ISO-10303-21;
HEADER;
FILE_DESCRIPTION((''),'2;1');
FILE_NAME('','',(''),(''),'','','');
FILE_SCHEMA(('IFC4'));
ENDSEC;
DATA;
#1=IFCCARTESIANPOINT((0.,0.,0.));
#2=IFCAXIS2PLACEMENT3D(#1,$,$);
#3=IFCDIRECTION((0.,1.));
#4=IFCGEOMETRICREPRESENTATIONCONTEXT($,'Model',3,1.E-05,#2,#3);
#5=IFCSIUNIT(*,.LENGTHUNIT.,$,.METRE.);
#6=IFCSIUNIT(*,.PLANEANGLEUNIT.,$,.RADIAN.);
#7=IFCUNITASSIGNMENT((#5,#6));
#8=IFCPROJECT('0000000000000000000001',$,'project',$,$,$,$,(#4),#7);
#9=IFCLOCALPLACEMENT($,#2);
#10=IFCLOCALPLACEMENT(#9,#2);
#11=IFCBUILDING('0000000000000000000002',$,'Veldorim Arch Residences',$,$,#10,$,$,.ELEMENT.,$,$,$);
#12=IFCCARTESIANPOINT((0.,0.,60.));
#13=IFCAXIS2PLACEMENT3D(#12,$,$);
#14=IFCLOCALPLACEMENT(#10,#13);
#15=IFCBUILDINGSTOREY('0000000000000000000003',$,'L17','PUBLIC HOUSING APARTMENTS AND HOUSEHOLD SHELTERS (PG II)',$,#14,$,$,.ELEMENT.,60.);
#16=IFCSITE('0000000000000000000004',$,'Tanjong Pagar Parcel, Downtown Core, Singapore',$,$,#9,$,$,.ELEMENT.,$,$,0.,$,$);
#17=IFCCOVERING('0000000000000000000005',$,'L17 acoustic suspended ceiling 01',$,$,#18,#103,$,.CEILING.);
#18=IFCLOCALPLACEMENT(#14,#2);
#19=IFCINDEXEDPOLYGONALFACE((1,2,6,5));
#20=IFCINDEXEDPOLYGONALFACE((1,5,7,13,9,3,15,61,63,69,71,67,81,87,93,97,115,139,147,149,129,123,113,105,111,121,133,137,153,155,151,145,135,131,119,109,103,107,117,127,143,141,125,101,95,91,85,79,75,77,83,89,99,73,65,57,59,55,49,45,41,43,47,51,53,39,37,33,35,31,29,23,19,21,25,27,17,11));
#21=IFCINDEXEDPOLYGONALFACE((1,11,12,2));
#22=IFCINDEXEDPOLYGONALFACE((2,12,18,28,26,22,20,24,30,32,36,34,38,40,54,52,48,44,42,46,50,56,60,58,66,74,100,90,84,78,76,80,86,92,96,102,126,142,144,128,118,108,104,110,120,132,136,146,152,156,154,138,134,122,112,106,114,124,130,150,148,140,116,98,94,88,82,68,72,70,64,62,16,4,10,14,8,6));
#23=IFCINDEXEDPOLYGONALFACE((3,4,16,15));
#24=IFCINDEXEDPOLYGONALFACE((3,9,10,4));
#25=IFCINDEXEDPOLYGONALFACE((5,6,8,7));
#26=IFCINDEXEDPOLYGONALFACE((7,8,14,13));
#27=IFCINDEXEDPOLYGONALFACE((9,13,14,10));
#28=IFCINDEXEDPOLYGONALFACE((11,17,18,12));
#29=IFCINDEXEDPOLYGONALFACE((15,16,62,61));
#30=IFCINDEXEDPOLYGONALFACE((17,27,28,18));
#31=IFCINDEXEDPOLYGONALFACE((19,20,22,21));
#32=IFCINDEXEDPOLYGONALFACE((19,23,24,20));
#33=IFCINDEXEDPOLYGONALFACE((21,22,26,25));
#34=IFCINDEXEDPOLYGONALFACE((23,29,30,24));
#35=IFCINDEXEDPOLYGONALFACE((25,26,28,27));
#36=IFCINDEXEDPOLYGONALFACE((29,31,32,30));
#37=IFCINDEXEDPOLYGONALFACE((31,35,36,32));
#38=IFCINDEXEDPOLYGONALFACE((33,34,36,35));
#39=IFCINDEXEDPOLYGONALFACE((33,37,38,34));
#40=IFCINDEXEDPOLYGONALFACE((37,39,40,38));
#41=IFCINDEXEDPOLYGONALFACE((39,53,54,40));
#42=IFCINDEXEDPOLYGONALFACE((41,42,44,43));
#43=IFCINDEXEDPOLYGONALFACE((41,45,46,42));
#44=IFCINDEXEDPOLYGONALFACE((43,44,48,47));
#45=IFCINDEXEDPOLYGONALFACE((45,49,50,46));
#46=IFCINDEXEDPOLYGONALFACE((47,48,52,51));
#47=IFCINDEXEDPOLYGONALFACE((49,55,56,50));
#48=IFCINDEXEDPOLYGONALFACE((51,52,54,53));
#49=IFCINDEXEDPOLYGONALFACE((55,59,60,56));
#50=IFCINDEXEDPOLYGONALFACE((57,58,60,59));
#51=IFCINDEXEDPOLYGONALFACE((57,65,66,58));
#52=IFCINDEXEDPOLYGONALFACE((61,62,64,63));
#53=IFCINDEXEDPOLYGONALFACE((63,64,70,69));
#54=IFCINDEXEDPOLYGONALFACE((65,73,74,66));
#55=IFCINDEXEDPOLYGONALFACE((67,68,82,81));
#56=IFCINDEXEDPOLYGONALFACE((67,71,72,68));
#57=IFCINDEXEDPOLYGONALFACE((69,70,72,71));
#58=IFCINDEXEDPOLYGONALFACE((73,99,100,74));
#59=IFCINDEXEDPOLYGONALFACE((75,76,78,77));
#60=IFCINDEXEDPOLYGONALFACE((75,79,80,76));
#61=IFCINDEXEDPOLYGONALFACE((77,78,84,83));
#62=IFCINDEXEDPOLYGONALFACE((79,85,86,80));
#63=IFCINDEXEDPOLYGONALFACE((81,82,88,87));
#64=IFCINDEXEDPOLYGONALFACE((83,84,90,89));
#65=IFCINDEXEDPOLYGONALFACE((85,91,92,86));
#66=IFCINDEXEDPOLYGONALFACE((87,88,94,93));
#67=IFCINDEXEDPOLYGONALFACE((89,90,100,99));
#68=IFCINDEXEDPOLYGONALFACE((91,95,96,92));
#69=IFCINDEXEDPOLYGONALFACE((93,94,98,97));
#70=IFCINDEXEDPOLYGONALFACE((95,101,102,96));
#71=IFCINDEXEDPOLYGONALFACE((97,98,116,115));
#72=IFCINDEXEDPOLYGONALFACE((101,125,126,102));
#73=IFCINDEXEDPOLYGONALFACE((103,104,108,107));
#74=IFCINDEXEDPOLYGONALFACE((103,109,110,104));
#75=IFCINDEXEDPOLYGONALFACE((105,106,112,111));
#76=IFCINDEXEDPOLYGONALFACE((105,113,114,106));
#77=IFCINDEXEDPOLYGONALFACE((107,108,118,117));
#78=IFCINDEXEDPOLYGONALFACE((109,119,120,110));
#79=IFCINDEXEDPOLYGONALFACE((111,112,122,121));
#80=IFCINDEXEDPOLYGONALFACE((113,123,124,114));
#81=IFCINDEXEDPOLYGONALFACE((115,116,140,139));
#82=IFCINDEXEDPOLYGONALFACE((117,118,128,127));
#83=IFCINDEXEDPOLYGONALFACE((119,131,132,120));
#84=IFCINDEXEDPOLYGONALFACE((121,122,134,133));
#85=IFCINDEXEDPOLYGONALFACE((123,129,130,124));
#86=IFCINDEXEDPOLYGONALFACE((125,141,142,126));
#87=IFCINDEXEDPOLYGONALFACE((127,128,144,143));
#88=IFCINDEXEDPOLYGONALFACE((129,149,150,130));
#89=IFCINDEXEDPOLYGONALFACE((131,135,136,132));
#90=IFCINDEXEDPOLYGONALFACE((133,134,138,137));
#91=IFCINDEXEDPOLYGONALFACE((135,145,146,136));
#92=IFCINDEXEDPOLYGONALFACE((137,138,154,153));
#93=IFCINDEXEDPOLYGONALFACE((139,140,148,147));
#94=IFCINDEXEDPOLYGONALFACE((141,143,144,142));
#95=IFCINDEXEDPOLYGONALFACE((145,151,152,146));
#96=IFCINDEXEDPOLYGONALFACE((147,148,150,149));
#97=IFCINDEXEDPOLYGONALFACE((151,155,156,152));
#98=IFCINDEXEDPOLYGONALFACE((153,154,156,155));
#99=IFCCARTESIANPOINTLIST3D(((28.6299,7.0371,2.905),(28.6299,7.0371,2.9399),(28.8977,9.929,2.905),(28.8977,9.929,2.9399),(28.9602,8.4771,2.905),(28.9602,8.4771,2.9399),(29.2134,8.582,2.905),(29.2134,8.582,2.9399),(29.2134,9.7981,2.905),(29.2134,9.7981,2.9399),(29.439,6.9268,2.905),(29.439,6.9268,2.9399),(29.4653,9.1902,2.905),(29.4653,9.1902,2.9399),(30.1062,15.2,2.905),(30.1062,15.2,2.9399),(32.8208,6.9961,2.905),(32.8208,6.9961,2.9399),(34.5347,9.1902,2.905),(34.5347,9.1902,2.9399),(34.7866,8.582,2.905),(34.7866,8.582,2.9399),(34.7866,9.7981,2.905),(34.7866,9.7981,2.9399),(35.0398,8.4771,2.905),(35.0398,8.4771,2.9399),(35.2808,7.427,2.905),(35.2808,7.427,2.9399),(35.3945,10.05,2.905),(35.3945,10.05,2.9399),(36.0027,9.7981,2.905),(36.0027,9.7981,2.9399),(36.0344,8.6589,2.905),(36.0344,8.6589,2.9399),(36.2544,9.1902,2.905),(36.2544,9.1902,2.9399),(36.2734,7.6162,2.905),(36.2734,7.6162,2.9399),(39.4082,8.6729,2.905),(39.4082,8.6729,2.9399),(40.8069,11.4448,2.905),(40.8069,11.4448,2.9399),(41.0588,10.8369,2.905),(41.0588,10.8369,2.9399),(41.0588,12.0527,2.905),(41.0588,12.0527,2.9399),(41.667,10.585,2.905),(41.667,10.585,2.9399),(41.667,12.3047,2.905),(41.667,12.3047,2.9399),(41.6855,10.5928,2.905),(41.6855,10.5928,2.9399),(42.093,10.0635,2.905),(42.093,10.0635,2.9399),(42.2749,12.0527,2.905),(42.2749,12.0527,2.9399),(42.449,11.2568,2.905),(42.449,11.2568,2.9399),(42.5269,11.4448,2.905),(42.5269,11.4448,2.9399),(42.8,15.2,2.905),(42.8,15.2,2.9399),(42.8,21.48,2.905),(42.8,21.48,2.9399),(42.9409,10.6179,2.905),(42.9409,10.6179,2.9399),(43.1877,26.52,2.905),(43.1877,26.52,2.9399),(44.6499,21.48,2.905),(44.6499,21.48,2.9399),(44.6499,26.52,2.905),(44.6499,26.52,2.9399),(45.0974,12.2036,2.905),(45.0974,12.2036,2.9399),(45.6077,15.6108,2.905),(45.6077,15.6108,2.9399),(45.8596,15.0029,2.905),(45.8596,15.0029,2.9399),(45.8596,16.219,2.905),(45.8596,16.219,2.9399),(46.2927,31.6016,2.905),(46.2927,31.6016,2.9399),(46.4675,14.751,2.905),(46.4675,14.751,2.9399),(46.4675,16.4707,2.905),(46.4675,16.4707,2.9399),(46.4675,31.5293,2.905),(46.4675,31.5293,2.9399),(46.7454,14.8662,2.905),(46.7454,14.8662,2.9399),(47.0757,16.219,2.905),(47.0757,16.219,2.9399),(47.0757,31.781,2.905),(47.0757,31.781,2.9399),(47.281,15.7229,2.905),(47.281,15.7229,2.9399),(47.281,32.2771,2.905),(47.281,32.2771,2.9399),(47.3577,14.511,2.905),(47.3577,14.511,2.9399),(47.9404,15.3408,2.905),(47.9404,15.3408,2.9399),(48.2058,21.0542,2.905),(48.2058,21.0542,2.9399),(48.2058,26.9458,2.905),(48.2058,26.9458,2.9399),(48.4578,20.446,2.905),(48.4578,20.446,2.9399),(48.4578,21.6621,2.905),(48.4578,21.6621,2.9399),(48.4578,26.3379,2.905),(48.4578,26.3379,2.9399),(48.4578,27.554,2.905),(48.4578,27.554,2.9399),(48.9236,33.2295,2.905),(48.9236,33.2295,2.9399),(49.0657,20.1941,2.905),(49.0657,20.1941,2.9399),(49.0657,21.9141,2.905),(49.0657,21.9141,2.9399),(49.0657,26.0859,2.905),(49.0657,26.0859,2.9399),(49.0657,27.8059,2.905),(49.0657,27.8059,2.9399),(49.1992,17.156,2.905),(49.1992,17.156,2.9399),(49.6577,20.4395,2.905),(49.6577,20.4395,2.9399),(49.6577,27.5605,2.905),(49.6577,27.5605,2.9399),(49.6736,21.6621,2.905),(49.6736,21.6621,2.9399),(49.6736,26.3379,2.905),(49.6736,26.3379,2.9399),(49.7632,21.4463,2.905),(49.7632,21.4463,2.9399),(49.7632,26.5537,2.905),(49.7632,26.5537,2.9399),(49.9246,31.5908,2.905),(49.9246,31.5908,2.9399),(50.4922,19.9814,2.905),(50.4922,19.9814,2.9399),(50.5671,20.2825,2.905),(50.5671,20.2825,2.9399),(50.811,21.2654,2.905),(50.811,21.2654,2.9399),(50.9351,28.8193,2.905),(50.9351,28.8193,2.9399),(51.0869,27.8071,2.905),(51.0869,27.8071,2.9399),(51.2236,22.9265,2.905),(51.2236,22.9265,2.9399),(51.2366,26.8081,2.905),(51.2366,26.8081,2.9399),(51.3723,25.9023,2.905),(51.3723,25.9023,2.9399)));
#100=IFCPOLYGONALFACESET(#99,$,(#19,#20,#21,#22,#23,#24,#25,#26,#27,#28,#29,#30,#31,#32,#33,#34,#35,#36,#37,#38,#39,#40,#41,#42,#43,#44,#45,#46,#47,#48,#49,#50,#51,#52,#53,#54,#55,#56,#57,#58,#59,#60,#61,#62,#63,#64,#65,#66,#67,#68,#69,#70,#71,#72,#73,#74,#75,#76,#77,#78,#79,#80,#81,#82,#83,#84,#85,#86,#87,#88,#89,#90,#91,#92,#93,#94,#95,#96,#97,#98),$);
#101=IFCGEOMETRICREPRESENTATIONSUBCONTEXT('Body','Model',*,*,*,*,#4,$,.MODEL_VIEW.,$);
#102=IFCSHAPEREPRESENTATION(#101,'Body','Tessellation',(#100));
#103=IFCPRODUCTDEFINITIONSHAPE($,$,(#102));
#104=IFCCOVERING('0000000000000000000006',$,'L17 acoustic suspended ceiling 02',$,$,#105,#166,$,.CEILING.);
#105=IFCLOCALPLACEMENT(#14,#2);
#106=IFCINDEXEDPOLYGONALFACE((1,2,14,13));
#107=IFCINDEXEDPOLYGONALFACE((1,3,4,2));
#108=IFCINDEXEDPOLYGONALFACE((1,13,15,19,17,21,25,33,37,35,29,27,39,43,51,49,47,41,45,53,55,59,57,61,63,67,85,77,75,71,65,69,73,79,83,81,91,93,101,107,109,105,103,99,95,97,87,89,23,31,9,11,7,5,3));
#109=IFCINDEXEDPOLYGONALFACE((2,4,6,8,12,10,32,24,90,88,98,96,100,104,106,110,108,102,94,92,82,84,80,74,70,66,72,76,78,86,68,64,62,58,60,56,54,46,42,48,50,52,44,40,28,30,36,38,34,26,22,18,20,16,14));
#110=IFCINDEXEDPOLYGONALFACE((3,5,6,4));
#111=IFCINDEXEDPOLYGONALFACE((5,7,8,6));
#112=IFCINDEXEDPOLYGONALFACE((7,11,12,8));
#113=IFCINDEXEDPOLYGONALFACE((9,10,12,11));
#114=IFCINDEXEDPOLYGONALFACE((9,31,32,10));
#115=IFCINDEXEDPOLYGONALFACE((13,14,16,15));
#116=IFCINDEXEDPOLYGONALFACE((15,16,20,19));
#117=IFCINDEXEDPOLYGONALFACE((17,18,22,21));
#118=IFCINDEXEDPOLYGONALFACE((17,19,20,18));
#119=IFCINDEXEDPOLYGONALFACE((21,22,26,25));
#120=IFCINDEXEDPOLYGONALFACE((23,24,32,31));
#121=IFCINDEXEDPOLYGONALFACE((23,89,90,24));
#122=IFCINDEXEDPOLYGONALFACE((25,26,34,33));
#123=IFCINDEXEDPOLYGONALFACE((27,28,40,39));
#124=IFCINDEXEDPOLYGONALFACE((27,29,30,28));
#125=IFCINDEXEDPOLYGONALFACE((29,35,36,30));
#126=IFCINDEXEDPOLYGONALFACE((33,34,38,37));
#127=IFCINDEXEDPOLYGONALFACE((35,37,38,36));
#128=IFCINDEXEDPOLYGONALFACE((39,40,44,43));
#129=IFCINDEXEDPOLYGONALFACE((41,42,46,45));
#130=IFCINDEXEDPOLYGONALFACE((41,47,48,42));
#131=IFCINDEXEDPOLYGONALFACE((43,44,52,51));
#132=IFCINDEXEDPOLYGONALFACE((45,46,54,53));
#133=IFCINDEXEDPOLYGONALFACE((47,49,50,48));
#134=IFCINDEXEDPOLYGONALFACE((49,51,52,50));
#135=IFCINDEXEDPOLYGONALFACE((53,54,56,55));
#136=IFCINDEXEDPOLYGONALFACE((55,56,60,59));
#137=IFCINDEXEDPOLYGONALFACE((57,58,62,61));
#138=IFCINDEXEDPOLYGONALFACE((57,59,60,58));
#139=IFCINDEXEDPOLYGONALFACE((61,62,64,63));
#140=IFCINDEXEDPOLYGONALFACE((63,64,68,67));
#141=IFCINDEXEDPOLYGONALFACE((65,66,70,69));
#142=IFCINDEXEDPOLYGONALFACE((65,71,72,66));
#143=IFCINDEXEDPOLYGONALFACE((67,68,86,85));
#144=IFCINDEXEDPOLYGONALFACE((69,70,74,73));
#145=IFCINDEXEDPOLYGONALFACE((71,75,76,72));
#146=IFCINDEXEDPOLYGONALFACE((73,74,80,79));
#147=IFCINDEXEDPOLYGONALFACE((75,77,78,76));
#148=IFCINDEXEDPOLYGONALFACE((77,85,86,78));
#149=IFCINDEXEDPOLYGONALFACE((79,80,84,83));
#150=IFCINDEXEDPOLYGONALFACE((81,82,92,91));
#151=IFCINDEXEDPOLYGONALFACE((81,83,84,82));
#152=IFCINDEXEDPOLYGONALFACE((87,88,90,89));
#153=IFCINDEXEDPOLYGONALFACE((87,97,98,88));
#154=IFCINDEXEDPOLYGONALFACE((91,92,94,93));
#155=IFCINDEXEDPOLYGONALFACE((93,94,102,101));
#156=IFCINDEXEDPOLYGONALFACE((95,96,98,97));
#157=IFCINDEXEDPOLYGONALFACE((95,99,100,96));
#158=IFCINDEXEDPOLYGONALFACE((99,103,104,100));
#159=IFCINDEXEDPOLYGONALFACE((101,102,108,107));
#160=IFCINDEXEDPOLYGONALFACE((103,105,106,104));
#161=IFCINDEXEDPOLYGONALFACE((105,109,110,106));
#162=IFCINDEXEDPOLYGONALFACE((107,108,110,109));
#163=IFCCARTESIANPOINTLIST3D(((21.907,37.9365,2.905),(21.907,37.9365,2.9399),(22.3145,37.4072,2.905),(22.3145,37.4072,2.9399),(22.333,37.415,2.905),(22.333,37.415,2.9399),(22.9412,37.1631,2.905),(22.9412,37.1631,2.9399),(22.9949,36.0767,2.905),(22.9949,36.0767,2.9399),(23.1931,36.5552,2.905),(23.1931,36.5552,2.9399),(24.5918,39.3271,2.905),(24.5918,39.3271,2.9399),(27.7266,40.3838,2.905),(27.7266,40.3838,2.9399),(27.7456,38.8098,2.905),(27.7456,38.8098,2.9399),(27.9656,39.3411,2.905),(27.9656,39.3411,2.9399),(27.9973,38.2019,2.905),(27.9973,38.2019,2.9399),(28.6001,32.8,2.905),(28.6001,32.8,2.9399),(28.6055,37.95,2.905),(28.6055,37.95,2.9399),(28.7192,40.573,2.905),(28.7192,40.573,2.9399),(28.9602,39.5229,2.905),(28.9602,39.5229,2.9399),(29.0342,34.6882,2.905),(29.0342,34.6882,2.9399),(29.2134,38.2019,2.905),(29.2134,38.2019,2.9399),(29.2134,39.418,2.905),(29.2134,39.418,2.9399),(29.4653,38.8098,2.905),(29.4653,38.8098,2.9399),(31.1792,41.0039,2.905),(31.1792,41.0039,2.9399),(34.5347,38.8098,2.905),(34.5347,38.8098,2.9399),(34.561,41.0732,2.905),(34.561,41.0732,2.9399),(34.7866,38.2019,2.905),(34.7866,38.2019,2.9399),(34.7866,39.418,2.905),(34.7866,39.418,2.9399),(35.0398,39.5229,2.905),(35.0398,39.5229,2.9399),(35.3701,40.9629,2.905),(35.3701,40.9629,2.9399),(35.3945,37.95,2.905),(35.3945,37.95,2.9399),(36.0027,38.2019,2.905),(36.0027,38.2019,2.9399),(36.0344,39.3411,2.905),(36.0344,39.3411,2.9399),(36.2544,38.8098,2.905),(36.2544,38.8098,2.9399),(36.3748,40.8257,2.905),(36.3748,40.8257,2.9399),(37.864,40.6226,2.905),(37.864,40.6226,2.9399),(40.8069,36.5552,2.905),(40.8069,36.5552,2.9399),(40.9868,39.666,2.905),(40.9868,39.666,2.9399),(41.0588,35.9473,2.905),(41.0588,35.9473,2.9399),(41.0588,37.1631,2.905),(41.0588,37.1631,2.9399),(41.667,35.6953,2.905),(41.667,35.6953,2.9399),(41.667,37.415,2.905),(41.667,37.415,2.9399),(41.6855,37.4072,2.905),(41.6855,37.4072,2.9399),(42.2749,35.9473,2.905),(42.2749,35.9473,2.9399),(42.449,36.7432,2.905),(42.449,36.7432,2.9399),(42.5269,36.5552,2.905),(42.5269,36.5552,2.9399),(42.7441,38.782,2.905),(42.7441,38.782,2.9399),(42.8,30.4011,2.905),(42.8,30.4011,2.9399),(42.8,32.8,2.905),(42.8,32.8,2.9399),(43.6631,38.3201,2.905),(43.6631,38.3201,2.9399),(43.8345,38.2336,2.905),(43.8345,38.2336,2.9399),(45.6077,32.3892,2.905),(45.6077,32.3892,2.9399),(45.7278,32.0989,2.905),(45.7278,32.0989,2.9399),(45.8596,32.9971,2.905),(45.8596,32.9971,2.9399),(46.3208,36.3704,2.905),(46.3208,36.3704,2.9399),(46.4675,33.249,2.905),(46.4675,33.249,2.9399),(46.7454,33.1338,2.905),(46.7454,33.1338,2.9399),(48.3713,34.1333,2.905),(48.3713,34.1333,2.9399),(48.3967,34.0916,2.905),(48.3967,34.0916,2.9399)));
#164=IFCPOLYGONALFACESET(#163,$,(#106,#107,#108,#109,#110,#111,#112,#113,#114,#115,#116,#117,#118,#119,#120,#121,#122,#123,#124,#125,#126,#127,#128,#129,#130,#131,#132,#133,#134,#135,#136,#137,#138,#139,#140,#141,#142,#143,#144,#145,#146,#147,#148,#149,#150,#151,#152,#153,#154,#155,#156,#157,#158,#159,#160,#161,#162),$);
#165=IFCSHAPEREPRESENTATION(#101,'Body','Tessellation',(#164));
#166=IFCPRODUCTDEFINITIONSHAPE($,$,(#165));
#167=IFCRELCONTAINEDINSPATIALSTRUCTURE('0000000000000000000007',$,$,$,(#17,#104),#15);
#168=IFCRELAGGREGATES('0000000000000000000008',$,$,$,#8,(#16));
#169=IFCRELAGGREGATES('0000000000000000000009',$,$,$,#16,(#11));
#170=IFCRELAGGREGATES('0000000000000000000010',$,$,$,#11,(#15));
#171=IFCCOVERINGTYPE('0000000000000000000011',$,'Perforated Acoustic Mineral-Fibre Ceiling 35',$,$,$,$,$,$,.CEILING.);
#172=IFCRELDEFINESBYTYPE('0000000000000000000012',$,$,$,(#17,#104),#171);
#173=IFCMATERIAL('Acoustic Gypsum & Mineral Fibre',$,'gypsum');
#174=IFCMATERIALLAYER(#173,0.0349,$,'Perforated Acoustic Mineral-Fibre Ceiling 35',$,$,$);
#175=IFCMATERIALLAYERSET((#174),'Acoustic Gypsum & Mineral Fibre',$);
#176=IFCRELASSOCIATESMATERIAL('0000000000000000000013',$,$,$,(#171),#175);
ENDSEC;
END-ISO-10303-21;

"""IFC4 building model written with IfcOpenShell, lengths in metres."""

from ifc_helpers import new_model, si_unit, direction, frame, origin, place, context, subcontext, project, spatial, polyline, outline, extrude, material, layer, layer_set, type_object, element, save


model = new_model("IFC4")

# Units and contexts
model_context = context("Model", 3, precision=1e-05, world=origin(), true_north=direction((0.0, 1.0)))
body_context = subcontext(model_context, "Body", "Model", "MODEL_VIEW")
ifc_project = project(units=[si_unit("LENGTHUNIT", "METRE"), si_unit("PLANEANGLEUNIT", "RADIAN")], contexts=[model_context])

# Site, building, storey
site_placement = place(None, origin())
site = spatial("IfcSite", under=ifc_project, at=site_placement, Name="Tanjong Pagar Parcel, Downtown Core, Singapore", CompositionType="ELEMENT", RefElevation=0.0)
building_placement = place(site_placement, origin())
building = spatial("IfcBuilding", under=site, at=building_placement, Name="Veldorim Arch Residences", CompositionType="ELEMENT")
storey_placement = place(building_placement, frame((0.0, 0.0, 60.0)))
storey = spatial("IfcBuildingStorey", under=building, at=storey_placement, Name="L17", Description="PUBLIC HOUSING APARTMENTS AND HOUSEHOLD SHELTERS (PG II)", CompositionType="ELEMENT", Elevation=60.0)

# Coverings
ifc_material_1 = material(Name="Acoustic Gypsum & Mineral Fibre", Category="gypsum")
ifc_layer_1 = layer(ifc_material_1, 0.0349, Name="Perforated Acoustic Mineral-Fibre Ceiling 35")
ifc_layer_set_1 = layer_set([ifc_layer_1], Name="Acoustic Gypsum & Mineral Fibre")
covering_type_1 = type_object("IfcCoveringType", Name="Perforated Acoustic Mineral-Fibre Ceiling 35", PredefinedType="CEILING", material=ifc_layer_set_1)
covering_1_placement = place(storey_placement, frame((0.0, 0.0, 2.905)))
element("IfcCovering", 1, at=covering_1_placement, inside=storey, type_object=covering_type_1, Name="L17 acoustic suspended ceiling 01", PredefinedType="CEILING", context=body_context, shape_type="SweptSolid", body=[
    extrude(outline(polyline([(36.2544, 9.1902), (36.0027, 9.7981), (35.3945, 10.05), (34.7866, 9.7981), (34.5347, 9.1902), (34.7866, 8.582), (35.0398, 8.4771), (35.2808, 7.427), (32.8208, 6.9961), (29.439, 6.9268), (28.6299, 7.0371), (28.9602, 8.4771), (29.2134, 8.582), (29.4653, 9.1902), (29.2134, 9.7981), (28.8977, 9.929), (30.1062, 15.2), (42.8, 15.2), (42.8, 21.48), (44.6499, 21.48), (44.6499, 26.52), (43.1877, 26.52), (46.2927, 31.6016), (46.4675, 31.5293), (47.0757, 31.781), (47.281, 32.2771), (48.9236, 33.2295), (49.9246, 31.5908), (50.9351, 28.8193), (51.0869, 27.8071), (49.6577, 27.5605), (49.0657, 27.8059), (48.4578, 27.554), (48.2058, 26.9458), (48.4578, 26.3379), (49.0657, 26.0859), (49.6736, 26.3379), (49.7632, 26.5537), (51.2366, 26.8081), (51.3723, 25.9023), (51.2236, 22.9265), (50.811, 21.2654), (49.7632, 21.4463), (49.6736, 21.6621), (49.0657, 21.9141), (48.4578, 21.6621), (48.2058, 21.0542), (48.4578, 20.446), (49.0657, 20.1941), (49.6577, 20.4395), (50.5671, 20.2825), (50.4922, 19.9814), (49.1992, 17.156), (47.9404, 15.3408), (47.281, 15.7229), (47.0757, 16.219), (46.4675, 16.4707), (45.8596, 16.219), (45.6077, 15.6108), (45.8596, 15.0029), (46.4675, 14.751), (46.7454, 14.8662), (47.3577, 14.511), (45.0974, 12.2036), (42.9409, 10.6179), (42.449, 11.2568), (42.5269, 11.4448), (42.2749, 12.0527), (41.667, 12.3047), (41.0588, 12.0527), (40.8069, 11.4448), (41.0588, 10.8369), (41.667, 10.585), (41.6855, 10.5928), (42.093, 10.0635), (39.4082, 8.6729), (36.2734, 7.6162), (36.0344, 8.6589), (36.2544, 9.1902)])), origin(), (0.0, 0.0, 1.0), 0.0349),
])
covering_2_placement = place(storey_placement, frame((0.0, 0.0, 2.905)))
element("IfcCovering", 2, at=covering_2_placement, inside=storey, type_object=covering_type_1, Name="L17 acoustic suspended ceiling 02", PredefinedType="CEILING", context=body_context, shape_type="SweptSolid", body=[
    extrude(outline(polyline([(21.907, 37.9365), (24.5918, 39.3271), (27.7266, 40.3838), (27.9656, 39.3411), (27.7456, 38.8098), (27.9973, 38.2019), (28.6055, 37.95), (29.2134, 38.2019), (29.4653, 38.8098), (29.2134, 39.418), (28.9602, 39.5229), (28.7192, 40.573), (31.1792, 41.0039), (34.561, 41.0732), (35.3701, 40.9629), (35.0398, 39.5229), (34.7866, 39.418), (34.5347, 38.8098), (34.7866, 38.2019), (35.3945, 37.95), (36.0027, 38.2019), (36.2544, 38.8098), (36.0344, 39.3411), (36.3748, 40.8257), (37.864, 40.6226), (40.9868, 39.666), (42.7441, 38.782), (41.6855, 37.4072), (41.667, 37.415), (41.0588, 37.1631), (40.8069, 36.5552), (41.0588, 35.9473), (41.667, 35.6953), (42.2749, 35.9473), (42.5269, 36.5552), (42.449, 36.7432), (43.6631, 38.3201), (43.8345, 38.2336), (46.3208, 36.3704), (48.3713, 34.1333), (48.3967, 34.0916), (46.7454, 33.1338), (46.4675, 33.249), (45.8596, 32.9971), (45.6077, 32.3892), (45.7278, 32.0989), (42.8, 30.4011), (42.8, 32.8), (28.6001, 32.8), (29.0342, 34.6882), (22.9949, 36.0767), (23.1931, 36.5552), (22.9412, 37.1631), (22.333, 37.415), (22.3145, 37.4072), (21.907, 37.9365)])), origin(), (0.0, 0.0, 1.0), 0.0349),
])

save(model, "model.ifc")
